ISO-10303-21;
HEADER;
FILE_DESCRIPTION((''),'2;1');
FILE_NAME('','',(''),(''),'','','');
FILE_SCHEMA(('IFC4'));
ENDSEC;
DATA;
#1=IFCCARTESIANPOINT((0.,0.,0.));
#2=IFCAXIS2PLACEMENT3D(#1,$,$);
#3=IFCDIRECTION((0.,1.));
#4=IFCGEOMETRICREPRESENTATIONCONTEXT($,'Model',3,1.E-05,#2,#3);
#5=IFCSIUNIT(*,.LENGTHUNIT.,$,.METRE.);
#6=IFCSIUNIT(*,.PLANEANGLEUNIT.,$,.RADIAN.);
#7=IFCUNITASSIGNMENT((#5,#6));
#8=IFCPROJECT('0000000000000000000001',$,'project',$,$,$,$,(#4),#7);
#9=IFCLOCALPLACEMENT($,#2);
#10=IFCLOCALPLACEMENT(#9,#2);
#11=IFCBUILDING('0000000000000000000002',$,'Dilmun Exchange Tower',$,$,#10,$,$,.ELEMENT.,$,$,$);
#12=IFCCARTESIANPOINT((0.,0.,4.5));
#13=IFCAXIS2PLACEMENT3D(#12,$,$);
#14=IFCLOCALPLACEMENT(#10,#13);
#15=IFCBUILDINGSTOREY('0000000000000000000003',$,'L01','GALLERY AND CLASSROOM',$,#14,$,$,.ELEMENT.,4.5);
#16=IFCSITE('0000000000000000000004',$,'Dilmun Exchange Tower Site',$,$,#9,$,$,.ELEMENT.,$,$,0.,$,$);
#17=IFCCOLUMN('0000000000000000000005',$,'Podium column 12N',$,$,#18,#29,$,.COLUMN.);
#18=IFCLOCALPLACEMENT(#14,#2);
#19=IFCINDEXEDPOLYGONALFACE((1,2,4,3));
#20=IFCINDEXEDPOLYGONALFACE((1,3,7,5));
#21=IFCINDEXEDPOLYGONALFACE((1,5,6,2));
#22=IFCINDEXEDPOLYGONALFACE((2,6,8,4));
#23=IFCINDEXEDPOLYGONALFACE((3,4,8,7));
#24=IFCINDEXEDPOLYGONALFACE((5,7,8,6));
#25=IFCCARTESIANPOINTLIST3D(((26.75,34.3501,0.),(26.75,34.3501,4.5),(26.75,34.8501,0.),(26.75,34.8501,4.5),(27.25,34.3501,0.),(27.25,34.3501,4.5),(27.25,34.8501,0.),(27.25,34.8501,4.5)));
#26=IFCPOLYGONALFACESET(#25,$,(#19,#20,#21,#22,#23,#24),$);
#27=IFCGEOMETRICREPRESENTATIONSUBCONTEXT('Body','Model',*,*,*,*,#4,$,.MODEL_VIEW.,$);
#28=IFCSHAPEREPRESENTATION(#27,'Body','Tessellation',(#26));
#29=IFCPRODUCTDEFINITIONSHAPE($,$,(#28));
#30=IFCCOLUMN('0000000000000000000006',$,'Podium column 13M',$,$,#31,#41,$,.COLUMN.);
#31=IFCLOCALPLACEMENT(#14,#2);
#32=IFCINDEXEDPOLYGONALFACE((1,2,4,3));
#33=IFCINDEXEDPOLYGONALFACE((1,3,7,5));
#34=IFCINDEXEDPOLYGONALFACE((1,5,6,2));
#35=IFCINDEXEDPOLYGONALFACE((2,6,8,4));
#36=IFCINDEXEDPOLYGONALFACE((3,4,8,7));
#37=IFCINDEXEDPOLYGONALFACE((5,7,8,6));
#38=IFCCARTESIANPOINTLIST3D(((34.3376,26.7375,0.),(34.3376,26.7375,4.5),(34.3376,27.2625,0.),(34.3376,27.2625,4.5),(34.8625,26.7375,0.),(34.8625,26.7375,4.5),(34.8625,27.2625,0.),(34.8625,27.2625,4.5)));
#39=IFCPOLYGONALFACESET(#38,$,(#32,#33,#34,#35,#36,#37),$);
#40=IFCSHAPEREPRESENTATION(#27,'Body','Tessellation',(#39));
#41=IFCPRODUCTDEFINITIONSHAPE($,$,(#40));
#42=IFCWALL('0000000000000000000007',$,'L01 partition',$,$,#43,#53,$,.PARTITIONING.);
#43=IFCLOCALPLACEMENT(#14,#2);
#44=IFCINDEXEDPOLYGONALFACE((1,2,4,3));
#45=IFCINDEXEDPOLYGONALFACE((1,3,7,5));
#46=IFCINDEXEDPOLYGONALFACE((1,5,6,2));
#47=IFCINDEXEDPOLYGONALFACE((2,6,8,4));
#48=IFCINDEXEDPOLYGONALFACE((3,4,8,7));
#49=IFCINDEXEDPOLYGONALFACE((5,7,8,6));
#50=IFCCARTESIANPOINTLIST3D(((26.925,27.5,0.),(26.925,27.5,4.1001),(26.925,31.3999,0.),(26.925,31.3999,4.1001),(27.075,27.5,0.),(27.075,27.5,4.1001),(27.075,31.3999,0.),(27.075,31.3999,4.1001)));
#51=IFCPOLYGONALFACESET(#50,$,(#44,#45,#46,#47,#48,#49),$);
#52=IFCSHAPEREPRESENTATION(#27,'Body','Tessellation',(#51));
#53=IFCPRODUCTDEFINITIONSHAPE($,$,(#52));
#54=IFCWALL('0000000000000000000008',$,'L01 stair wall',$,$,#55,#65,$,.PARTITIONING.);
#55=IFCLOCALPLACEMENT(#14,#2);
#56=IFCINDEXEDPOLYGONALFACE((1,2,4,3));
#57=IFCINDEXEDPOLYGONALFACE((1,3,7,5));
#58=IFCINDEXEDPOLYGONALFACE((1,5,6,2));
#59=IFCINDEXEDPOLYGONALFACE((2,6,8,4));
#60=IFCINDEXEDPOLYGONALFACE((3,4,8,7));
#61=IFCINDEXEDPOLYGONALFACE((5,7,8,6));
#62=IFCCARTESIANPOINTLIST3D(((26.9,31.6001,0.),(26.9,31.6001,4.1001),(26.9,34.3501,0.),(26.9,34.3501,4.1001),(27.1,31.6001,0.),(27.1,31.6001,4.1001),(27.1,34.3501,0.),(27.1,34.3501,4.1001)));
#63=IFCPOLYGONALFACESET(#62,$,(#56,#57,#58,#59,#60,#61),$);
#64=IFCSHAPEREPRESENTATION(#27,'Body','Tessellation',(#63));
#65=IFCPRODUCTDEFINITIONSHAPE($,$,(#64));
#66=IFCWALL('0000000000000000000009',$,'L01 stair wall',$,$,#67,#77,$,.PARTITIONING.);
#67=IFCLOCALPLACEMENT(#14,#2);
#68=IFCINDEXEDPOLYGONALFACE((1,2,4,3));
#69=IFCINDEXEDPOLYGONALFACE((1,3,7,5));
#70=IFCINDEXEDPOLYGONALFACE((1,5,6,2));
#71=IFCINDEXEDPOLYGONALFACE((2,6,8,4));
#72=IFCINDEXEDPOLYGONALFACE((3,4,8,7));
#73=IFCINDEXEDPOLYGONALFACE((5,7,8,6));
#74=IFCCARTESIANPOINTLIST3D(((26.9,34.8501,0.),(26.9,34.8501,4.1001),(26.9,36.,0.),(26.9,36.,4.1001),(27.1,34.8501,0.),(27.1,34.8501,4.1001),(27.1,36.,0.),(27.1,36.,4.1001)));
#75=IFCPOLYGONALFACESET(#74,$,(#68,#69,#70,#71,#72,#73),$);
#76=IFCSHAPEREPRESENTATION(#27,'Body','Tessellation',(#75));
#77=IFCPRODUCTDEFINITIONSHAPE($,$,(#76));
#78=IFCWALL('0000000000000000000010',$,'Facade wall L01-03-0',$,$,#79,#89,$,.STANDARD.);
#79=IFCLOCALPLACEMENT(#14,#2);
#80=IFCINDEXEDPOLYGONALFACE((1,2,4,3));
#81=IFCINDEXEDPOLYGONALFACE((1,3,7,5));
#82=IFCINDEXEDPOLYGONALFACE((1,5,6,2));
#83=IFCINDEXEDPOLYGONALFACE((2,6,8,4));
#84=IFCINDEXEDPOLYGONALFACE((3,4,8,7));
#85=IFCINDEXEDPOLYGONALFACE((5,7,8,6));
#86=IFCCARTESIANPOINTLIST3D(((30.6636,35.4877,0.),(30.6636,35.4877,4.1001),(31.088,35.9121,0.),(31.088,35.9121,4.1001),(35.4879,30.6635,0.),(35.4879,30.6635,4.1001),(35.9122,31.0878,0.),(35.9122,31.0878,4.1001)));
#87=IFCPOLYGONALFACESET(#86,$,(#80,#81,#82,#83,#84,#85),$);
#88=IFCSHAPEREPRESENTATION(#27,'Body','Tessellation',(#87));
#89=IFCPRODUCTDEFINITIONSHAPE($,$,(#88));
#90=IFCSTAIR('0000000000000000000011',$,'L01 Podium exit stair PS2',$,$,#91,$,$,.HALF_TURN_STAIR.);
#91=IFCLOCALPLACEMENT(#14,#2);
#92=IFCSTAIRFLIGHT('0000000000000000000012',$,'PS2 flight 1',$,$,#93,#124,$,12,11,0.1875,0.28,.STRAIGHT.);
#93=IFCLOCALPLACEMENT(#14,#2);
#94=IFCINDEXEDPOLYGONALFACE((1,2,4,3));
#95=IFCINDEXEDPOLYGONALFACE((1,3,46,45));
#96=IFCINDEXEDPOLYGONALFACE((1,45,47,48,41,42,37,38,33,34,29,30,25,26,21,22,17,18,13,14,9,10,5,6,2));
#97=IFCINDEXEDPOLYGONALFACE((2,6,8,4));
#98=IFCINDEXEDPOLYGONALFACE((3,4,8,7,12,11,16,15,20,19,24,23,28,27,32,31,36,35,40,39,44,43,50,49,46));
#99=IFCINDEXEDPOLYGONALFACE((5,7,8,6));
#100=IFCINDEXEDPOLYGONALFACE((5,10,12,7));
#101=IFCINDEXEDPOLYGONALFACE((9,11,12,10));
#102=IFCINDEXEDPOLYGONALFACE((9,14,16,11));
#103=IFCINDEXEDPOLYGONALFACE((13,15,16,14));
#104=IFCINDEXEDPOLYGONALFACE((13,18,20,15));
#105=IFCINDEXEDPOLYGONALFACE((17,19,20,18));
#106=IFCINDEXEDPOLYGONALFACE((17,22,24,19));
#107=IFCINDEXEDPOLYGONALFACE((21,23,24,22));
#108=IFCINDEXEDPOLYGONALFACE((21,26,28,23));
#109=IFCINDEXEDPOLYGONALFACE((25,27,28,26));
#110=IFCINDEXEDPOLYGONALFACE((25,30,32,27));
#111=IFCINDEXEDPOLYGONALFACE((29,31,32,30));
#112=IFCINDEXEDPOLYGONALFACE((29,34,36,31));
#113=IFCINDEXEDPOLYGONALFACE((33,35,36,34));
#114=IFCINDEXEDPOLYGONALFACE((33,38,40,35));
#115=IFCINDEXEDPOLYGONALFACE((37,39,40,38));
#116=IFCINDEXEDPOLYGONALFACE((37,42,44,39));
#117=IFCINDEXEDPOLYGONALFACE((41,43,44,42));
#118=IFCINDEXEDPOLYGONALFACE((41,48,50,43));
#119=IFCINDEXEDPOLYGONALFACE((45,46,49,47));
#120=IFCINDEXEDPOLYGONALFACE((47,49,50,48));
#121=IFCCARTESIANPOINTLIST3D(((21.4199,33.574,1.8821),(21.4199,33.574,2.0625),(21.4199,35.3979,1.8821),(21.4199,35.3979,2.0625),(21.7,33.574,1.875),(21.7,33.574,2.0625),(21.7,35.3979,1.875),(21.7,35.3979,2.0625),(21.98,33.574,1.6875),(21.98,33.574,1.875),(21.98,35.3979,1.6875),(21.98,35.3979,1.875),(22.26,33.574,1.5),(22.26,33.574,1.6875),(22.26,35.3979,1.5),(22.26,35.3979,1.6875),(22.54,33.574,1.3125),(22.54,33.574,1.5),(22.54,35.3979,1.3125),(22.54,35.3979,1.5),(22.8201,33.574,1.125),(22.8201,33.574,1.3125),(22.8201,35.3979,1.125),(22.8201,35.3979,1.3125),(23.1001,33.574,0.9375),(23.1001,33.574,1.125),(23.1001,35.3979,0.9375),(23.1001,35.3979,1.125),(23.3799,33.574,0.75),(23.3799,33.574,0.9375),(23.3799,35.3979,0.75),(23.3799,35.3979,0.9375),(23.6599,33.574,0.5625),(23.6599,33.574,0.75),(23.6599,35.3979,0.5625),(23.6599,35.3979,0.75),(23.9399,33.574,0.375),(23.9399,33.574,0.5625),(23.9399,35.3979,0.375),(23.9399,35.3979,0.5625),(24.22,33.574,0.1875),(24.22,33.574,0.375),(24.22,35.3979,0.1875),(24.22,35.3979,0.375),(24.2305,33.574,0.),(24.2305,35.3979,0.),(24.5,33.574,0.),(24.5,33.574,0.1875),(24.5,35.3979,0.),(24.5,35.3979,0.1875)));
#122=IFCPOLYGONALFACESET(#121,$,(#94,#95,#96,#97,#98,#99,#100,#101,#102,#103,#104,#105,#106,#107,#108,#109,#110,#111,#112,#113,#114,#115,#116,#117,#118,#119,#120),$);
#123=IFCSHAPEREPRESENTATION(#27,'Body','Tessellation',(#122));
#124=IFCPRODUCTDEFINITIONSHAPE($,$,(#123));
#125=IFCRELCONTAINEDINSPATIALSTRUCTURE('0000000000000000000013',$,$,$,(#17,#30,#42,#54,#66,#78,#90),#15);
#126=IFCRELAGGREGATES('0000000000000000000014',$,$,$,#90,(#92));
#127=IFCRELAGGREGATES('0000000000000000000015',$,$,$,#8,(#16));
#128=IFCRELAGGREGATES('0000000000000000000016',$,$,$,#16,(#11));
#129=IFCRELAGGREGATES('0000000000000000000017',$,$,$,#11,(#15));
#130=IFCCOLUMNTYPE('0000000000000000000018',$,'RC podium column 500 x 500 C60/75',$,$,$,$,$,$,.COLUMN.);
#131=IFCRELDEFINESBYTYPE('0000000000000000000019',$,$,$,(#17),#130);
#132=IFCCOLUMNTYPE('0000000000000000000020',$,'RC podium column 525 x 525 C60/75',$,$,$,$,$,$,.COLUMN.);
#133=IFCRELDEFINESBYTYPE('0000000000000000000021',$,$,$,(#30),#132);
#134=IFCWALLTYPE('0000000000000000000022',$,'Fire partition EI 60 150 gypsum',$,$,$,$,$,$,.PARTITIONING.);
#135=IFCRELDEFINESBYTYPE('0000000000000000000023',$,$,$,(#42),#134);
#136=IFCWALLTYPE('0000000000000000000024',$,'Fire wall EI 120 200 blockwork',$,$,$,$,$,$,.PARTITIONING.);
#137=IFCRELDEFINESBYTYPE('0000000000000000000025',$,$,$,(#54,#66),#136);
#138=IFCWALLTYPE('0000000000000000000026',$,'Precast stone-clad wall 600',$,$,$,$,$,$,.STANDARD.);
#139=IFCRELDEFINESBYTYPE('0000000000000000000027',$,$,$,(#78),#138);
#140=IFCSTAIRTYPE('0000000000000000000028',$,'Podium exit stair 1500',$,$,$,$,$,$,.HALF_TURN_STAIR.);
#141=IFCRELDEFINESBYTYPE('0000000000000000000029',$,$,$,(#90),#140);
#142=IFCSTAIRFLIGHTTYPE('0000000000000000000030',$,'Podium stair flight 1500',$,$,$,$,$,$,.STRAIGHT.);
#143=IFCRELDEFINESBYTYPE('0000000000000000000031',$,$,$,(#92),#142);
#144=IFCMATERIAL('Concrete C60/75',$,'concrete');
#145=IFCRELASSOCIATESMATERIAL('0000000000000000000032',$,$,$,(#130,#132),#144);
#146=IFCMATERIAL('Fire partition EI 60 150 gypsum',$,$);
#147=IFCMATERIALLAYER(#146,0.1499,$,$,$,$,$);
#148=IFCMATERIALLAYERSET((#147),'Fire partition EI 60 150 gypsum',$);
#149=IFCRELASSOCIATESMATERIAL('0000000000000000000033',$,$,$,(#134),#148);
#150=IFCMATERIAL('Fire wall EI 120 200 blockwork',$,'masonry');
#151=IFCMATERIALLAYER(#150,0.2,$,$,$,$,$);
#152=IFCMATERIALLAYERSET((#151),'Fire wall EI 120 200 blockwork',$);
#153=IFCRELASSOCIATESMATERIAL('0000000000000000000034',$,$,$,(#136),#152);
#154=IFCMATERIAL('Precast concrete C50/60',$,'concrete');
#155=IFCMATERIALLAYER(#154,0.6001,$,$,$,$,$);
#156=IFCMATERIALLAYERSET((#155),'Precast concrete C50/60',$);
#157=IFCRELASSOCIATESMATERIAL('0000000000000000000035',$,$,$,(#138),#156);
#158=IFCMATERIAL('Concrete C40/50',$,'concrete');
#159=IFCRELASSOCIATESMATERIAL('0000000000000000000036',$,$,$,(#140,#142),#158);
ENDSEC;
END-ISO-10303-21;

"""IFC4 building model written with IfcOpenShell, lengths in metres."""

from ifc_helpers import new_model, si_unit, direction, frame, frame_2d, origin, origin_2d, place, context, subcontext, project, spatial, polyline, rectangle, outline, extrude, material, layer, layer_set, material_profile, profile_set, type_object, element, aggregate, save


model = new_model("IFC4")

# Units and contexts
model_context = context("Model", 3, precision=1e-05, world=origin(), true_north=direction((0.0, 1.0)))
body_context = subcontext(model_context, "Body", "Model", "MODEL_VIEW")
ifc_project = project(units=[si_unit("LENGTHUNIT", "METRE"), si_unit("PLANEANGLEUNIT", "RADIAN")], contexts=[model_context])

# Site, building, storey
site_placement = place(None, origin())
site = spatial("IfcSite", under=ifc_project, at=site_placement, Name="Dilmun Exchange Tower Site", CompositionType="ELEMENT", RefElevation=0.0)
building_placement = place(site_placement, origin())
building = spatial("IfcBuilding", under=site, at=building_placement, Name="Dilmun Exchange Tower", CompositionType="ELEMENT")
storey_placement = place(building_placement, frame((0.0, 0.0, 4.5)))
storey = spatial("IfcBuildingStorey", under=building, at=storey_placement, Name="L01", Description="GALLERY AND CLASSROOM", CompositionType="ELEMENT", Elevation=4.5)

# Columns
ifc_material_1 = material(Name="Concrete C60/75", Category="concrete")
ifc_material_profile_1 = material_profile(ifc_material_1, rectangle(XDim=0.5, YDim=0.5, at=origin_2d()), Name="500 x 500")
ifc_profile_set_1 = profile_set([ifc_material_profile_1], Name="Concrete C60/75")
column_type_1 = type_object("IfcColumnType", Name="RC podium column 500 x 500 C60/75", PredefinedType="COLUMN", material=ifc_profile_set_1)
column_1_placement = place(storey_placement, frame((27.0, 34.6001, 0.0), z_axis=(0.0, 0.0, 1.0), x_axis=(1.0, 0.0, 0.0)))
element("IfcColumn", 1, at=column_1_placement, inside=storey, type_object=column_type_1, Name="Podium column 12N", PredefinedType="COLUMN", context=body_context, shape_type="SweptSolid", body=[
    extrude(rectangle(XDim=0.5, YDim=0.5, at=origin_2d()), origin(), (0.0, 0.0, 1.0), 4.5),
])
ifc_material_profile_2 = material_profile(ifc_material_1, rectangle(XDim=0.5249, YDim=0.5249, at=origin_2d()), Name="525 x 525")
ifc_profile_set_2 = profile_set([ifc_material_profile_2], Name="Concrete C60/75")
column_type_2 = type_object("IfcColumnType", Name="RC podium column 525 x 525 C60/75", PredefinedType="COLUMN", material=ifc_profile_set_2)
column_2_placement = place(storey_placement, frame((34.6001, 27.0, 0.0), z_axis=(0.0, 0.0, 1.0), x_axis=(1.0, 0.0, 0.0)))
element("IfcColumn", 2, at=column_2_placement, inside=storey, type_object=column_type_2, Name="Podium column 13M", PredefinedType="COLUMN", context=body_context, shape_type="SweptSolid", body=[
    extrude(rectangle(XDim=0.5249, YDim=0.5249, at=origin_2d()), origin(), (0.0, 0.0, 1.0), 4.5),
])

# Walls
ifc_material_2 = material(Name="Fire partition EI 60 150 gypsum")
ifc_layer_1 = layer(ifc_material_2, 0.1499)
ifc_layer_set_1 = layer_set([ifc_layer_1], Name="Fire partition EI 60 150 gypsum")
wall_type_1 = type_object("IfcWallType", Name="Fire partition EI 60 150 gypsum", PredefinedType="PARTITIONING", material=ifc_layer_set_1)
wall_1_placement = place(storey_placement, frame((27.0, 27.5, 0.0), z_axis=(0.0, 0.0, 1.0), x_axis=(0.0, 1.0, 0.0)))
element("IfcWall", 3, at=wall_1_placement, inside=storey, type_object=wall_type_1, Name="L01 partition", PredefinedType="PARTITIONING", context=body_context, shape_type="SweptSolid", body=[
    extrude(rectangle(XDim=3.8999, YDim=0.1499, at=frame_2d((1.95, 0.0))), origin(), (0.0, 0.0, 1.0), 4.1001),
])
ifc_material_3 = material(Name="Fire wall EI 120 200 blockwork", Category="masonry")
ifc_layer_2 = layer(ifc_material_3, 0.2)
ifc_layer_set_2 = layer_set([ifc_layer_2], Name="Fire wall EI 120 200 blockwork")
wall_type_2 = type_object("IfcWallType", Name="Fire wall EI 120 200 blockwork", PredefinedType="PARTITIONING", material=ifc_layer_set_2)
wall_2_placement = place(storey_placement, frame((27.0, 31.6001, 0.0), z_axis=(0.0, 0.0, 1.0), x_axis=(0.0, 1.0, 0.0)))
element("IfcWall", 4, at=wall_2_placement, inside=storey, type_object=wall_type_2, Name="L01 stair wall", PredefinedType="PARTITIONING", context=body_context, shape_type="SweptSolid", body=[
    extrude(rectangle(XDim=2.75, YDim=0.2, at=frame_2d((1.375, 0.0))), origin(), (0.0, 0.0, 1.0), 4.1001),
])
wall_3_placement = place(storey_placement, frame((27.0, 34.8501, 0.0), z_axis=(0.0, 0.0, 1.0), x_axis=(0.0, 1.0, 0.0)))
element("IfcWall", 5, at=wall_3_placement, inside=storey, type_object=wall_type_2, Name="L01 stair wall", PredefinedType="PARTITIONING", context=body_context, shape_type="SweptSolid", body=[
    extrude(rectangle(XDim=1.1499, YDim=0.2, at=frame_2d((0.575, 0.0))), origin(), (0.0, 0.0, 1.0), 4.1001),
])
ifc_material_4 = material(Name="Precast concrete C50/60", Category="concrete")
ifc_layer_3 = layer(ifc_material_4, 0.6001)
ifc_layer_set_3 = layer_set([ifc_layer_3], Name="Precast concrete C50/60")
wall_type_3 = type_object("IfcWallType", Name="Precast stone-clad wall 600", PredefinedType="STANDARD", material=ifc_layer_set_3)
wall_4_placement = place(storey_placement, frame((35.7, 30.8757, 0.0), z_axis=(0.0, 0.0, 1.0), x_axis=(-0.707107, 0.707107, 0.0)))
element("IfcWall", 6, at=wall_4_placement, inside=storey, type_object=wall_type_3, Name="Facade wall L01-03-0", PredefinedType="STANDARD", context=body_context, shape_type="SweptSolid", body=[
    extrude(rectangle(XDim=6.8225, YDim=0.6001, at=frame_2d((3.4111, 0.0))), origin(), (0.0, 0.0, 1.0), 4.1001),
])

# Stair, stair flight
ifc_material_5 = material(Name="Concrete C40/50", Category="concrete")
stair_type = type_object("IfcStairType", Name="Podium exit stair 1500", PredefinedType="HALF_TURN_STAIR", material=ifc_material_5)
stair_placement = place(storey_placement, origin())
stair = element("IfcStair", 7, at=stair_placement, inside=storey, type_object=stair_type, Name="L01 Podium exit stair PS2", PredefinedType="HALF_TURN_STAIR")
stair_flight_type = type_object("IfcStairFlightType", Name="Podium stair flight 1500", PredefinedType="STRAIGHT", material=ifc_material_5)
stair_flight_placement = place(storey_placement, frame((24.5, 34.4861, 0.0), z_axis=(0.0, 0.0, 1.0), x_axis=(-1.0, 0.0, 0.0)))
stair_flight = element("IfcStairFlight", 8, at=stair_flight_placement, type_object=stair_flight_type, Name="PS2 flight 1", NumberOfRisers=12, NumberOfTreads=11, PredefinedType="STRAIGHT", RiserHeight=0.1875, TreadLength=0.28, context=body_context, shape_type="SweptSolid", body=[
    extrude(outline(polyline([(0.0, 0.0), (0.0, 0.1875), (0.28, 0.1875), (0.28, 0.375), (0.5601, 0.375), (0.5601, 0.5625), (0.8401, 0.5625), (0.8401, 0.75), (1.1201, 0.75), (1.1201, 0.9375), (1.3999, 0.9375), (1.3999, 1.125), (1.6799, 1.125), (1.6799, 1.3125), (1.96, 1.3125), (1.96, 1.5), (2.24, 1.5), (2.24, 1.6875), (2.52, 1.6875), (2.52, 1.875), (2.8, 1.875), (2.8, 2.0625), (3.0801, 2.0625), (3.0801, 2.25), (3.0801, 1.8821), (0.2695, 0.0), (0.0, 0.0)])), frame((0.0, 0.9121, 0.0), z_axis=(0.0, -1.0, 0.0), x_axis=(1.0, 0.0, 0.0)), (0.0, 0.0, 1.0), 1.824),
])
aggregate(stair, [stair_flight])

save(model, "model.ifc")
